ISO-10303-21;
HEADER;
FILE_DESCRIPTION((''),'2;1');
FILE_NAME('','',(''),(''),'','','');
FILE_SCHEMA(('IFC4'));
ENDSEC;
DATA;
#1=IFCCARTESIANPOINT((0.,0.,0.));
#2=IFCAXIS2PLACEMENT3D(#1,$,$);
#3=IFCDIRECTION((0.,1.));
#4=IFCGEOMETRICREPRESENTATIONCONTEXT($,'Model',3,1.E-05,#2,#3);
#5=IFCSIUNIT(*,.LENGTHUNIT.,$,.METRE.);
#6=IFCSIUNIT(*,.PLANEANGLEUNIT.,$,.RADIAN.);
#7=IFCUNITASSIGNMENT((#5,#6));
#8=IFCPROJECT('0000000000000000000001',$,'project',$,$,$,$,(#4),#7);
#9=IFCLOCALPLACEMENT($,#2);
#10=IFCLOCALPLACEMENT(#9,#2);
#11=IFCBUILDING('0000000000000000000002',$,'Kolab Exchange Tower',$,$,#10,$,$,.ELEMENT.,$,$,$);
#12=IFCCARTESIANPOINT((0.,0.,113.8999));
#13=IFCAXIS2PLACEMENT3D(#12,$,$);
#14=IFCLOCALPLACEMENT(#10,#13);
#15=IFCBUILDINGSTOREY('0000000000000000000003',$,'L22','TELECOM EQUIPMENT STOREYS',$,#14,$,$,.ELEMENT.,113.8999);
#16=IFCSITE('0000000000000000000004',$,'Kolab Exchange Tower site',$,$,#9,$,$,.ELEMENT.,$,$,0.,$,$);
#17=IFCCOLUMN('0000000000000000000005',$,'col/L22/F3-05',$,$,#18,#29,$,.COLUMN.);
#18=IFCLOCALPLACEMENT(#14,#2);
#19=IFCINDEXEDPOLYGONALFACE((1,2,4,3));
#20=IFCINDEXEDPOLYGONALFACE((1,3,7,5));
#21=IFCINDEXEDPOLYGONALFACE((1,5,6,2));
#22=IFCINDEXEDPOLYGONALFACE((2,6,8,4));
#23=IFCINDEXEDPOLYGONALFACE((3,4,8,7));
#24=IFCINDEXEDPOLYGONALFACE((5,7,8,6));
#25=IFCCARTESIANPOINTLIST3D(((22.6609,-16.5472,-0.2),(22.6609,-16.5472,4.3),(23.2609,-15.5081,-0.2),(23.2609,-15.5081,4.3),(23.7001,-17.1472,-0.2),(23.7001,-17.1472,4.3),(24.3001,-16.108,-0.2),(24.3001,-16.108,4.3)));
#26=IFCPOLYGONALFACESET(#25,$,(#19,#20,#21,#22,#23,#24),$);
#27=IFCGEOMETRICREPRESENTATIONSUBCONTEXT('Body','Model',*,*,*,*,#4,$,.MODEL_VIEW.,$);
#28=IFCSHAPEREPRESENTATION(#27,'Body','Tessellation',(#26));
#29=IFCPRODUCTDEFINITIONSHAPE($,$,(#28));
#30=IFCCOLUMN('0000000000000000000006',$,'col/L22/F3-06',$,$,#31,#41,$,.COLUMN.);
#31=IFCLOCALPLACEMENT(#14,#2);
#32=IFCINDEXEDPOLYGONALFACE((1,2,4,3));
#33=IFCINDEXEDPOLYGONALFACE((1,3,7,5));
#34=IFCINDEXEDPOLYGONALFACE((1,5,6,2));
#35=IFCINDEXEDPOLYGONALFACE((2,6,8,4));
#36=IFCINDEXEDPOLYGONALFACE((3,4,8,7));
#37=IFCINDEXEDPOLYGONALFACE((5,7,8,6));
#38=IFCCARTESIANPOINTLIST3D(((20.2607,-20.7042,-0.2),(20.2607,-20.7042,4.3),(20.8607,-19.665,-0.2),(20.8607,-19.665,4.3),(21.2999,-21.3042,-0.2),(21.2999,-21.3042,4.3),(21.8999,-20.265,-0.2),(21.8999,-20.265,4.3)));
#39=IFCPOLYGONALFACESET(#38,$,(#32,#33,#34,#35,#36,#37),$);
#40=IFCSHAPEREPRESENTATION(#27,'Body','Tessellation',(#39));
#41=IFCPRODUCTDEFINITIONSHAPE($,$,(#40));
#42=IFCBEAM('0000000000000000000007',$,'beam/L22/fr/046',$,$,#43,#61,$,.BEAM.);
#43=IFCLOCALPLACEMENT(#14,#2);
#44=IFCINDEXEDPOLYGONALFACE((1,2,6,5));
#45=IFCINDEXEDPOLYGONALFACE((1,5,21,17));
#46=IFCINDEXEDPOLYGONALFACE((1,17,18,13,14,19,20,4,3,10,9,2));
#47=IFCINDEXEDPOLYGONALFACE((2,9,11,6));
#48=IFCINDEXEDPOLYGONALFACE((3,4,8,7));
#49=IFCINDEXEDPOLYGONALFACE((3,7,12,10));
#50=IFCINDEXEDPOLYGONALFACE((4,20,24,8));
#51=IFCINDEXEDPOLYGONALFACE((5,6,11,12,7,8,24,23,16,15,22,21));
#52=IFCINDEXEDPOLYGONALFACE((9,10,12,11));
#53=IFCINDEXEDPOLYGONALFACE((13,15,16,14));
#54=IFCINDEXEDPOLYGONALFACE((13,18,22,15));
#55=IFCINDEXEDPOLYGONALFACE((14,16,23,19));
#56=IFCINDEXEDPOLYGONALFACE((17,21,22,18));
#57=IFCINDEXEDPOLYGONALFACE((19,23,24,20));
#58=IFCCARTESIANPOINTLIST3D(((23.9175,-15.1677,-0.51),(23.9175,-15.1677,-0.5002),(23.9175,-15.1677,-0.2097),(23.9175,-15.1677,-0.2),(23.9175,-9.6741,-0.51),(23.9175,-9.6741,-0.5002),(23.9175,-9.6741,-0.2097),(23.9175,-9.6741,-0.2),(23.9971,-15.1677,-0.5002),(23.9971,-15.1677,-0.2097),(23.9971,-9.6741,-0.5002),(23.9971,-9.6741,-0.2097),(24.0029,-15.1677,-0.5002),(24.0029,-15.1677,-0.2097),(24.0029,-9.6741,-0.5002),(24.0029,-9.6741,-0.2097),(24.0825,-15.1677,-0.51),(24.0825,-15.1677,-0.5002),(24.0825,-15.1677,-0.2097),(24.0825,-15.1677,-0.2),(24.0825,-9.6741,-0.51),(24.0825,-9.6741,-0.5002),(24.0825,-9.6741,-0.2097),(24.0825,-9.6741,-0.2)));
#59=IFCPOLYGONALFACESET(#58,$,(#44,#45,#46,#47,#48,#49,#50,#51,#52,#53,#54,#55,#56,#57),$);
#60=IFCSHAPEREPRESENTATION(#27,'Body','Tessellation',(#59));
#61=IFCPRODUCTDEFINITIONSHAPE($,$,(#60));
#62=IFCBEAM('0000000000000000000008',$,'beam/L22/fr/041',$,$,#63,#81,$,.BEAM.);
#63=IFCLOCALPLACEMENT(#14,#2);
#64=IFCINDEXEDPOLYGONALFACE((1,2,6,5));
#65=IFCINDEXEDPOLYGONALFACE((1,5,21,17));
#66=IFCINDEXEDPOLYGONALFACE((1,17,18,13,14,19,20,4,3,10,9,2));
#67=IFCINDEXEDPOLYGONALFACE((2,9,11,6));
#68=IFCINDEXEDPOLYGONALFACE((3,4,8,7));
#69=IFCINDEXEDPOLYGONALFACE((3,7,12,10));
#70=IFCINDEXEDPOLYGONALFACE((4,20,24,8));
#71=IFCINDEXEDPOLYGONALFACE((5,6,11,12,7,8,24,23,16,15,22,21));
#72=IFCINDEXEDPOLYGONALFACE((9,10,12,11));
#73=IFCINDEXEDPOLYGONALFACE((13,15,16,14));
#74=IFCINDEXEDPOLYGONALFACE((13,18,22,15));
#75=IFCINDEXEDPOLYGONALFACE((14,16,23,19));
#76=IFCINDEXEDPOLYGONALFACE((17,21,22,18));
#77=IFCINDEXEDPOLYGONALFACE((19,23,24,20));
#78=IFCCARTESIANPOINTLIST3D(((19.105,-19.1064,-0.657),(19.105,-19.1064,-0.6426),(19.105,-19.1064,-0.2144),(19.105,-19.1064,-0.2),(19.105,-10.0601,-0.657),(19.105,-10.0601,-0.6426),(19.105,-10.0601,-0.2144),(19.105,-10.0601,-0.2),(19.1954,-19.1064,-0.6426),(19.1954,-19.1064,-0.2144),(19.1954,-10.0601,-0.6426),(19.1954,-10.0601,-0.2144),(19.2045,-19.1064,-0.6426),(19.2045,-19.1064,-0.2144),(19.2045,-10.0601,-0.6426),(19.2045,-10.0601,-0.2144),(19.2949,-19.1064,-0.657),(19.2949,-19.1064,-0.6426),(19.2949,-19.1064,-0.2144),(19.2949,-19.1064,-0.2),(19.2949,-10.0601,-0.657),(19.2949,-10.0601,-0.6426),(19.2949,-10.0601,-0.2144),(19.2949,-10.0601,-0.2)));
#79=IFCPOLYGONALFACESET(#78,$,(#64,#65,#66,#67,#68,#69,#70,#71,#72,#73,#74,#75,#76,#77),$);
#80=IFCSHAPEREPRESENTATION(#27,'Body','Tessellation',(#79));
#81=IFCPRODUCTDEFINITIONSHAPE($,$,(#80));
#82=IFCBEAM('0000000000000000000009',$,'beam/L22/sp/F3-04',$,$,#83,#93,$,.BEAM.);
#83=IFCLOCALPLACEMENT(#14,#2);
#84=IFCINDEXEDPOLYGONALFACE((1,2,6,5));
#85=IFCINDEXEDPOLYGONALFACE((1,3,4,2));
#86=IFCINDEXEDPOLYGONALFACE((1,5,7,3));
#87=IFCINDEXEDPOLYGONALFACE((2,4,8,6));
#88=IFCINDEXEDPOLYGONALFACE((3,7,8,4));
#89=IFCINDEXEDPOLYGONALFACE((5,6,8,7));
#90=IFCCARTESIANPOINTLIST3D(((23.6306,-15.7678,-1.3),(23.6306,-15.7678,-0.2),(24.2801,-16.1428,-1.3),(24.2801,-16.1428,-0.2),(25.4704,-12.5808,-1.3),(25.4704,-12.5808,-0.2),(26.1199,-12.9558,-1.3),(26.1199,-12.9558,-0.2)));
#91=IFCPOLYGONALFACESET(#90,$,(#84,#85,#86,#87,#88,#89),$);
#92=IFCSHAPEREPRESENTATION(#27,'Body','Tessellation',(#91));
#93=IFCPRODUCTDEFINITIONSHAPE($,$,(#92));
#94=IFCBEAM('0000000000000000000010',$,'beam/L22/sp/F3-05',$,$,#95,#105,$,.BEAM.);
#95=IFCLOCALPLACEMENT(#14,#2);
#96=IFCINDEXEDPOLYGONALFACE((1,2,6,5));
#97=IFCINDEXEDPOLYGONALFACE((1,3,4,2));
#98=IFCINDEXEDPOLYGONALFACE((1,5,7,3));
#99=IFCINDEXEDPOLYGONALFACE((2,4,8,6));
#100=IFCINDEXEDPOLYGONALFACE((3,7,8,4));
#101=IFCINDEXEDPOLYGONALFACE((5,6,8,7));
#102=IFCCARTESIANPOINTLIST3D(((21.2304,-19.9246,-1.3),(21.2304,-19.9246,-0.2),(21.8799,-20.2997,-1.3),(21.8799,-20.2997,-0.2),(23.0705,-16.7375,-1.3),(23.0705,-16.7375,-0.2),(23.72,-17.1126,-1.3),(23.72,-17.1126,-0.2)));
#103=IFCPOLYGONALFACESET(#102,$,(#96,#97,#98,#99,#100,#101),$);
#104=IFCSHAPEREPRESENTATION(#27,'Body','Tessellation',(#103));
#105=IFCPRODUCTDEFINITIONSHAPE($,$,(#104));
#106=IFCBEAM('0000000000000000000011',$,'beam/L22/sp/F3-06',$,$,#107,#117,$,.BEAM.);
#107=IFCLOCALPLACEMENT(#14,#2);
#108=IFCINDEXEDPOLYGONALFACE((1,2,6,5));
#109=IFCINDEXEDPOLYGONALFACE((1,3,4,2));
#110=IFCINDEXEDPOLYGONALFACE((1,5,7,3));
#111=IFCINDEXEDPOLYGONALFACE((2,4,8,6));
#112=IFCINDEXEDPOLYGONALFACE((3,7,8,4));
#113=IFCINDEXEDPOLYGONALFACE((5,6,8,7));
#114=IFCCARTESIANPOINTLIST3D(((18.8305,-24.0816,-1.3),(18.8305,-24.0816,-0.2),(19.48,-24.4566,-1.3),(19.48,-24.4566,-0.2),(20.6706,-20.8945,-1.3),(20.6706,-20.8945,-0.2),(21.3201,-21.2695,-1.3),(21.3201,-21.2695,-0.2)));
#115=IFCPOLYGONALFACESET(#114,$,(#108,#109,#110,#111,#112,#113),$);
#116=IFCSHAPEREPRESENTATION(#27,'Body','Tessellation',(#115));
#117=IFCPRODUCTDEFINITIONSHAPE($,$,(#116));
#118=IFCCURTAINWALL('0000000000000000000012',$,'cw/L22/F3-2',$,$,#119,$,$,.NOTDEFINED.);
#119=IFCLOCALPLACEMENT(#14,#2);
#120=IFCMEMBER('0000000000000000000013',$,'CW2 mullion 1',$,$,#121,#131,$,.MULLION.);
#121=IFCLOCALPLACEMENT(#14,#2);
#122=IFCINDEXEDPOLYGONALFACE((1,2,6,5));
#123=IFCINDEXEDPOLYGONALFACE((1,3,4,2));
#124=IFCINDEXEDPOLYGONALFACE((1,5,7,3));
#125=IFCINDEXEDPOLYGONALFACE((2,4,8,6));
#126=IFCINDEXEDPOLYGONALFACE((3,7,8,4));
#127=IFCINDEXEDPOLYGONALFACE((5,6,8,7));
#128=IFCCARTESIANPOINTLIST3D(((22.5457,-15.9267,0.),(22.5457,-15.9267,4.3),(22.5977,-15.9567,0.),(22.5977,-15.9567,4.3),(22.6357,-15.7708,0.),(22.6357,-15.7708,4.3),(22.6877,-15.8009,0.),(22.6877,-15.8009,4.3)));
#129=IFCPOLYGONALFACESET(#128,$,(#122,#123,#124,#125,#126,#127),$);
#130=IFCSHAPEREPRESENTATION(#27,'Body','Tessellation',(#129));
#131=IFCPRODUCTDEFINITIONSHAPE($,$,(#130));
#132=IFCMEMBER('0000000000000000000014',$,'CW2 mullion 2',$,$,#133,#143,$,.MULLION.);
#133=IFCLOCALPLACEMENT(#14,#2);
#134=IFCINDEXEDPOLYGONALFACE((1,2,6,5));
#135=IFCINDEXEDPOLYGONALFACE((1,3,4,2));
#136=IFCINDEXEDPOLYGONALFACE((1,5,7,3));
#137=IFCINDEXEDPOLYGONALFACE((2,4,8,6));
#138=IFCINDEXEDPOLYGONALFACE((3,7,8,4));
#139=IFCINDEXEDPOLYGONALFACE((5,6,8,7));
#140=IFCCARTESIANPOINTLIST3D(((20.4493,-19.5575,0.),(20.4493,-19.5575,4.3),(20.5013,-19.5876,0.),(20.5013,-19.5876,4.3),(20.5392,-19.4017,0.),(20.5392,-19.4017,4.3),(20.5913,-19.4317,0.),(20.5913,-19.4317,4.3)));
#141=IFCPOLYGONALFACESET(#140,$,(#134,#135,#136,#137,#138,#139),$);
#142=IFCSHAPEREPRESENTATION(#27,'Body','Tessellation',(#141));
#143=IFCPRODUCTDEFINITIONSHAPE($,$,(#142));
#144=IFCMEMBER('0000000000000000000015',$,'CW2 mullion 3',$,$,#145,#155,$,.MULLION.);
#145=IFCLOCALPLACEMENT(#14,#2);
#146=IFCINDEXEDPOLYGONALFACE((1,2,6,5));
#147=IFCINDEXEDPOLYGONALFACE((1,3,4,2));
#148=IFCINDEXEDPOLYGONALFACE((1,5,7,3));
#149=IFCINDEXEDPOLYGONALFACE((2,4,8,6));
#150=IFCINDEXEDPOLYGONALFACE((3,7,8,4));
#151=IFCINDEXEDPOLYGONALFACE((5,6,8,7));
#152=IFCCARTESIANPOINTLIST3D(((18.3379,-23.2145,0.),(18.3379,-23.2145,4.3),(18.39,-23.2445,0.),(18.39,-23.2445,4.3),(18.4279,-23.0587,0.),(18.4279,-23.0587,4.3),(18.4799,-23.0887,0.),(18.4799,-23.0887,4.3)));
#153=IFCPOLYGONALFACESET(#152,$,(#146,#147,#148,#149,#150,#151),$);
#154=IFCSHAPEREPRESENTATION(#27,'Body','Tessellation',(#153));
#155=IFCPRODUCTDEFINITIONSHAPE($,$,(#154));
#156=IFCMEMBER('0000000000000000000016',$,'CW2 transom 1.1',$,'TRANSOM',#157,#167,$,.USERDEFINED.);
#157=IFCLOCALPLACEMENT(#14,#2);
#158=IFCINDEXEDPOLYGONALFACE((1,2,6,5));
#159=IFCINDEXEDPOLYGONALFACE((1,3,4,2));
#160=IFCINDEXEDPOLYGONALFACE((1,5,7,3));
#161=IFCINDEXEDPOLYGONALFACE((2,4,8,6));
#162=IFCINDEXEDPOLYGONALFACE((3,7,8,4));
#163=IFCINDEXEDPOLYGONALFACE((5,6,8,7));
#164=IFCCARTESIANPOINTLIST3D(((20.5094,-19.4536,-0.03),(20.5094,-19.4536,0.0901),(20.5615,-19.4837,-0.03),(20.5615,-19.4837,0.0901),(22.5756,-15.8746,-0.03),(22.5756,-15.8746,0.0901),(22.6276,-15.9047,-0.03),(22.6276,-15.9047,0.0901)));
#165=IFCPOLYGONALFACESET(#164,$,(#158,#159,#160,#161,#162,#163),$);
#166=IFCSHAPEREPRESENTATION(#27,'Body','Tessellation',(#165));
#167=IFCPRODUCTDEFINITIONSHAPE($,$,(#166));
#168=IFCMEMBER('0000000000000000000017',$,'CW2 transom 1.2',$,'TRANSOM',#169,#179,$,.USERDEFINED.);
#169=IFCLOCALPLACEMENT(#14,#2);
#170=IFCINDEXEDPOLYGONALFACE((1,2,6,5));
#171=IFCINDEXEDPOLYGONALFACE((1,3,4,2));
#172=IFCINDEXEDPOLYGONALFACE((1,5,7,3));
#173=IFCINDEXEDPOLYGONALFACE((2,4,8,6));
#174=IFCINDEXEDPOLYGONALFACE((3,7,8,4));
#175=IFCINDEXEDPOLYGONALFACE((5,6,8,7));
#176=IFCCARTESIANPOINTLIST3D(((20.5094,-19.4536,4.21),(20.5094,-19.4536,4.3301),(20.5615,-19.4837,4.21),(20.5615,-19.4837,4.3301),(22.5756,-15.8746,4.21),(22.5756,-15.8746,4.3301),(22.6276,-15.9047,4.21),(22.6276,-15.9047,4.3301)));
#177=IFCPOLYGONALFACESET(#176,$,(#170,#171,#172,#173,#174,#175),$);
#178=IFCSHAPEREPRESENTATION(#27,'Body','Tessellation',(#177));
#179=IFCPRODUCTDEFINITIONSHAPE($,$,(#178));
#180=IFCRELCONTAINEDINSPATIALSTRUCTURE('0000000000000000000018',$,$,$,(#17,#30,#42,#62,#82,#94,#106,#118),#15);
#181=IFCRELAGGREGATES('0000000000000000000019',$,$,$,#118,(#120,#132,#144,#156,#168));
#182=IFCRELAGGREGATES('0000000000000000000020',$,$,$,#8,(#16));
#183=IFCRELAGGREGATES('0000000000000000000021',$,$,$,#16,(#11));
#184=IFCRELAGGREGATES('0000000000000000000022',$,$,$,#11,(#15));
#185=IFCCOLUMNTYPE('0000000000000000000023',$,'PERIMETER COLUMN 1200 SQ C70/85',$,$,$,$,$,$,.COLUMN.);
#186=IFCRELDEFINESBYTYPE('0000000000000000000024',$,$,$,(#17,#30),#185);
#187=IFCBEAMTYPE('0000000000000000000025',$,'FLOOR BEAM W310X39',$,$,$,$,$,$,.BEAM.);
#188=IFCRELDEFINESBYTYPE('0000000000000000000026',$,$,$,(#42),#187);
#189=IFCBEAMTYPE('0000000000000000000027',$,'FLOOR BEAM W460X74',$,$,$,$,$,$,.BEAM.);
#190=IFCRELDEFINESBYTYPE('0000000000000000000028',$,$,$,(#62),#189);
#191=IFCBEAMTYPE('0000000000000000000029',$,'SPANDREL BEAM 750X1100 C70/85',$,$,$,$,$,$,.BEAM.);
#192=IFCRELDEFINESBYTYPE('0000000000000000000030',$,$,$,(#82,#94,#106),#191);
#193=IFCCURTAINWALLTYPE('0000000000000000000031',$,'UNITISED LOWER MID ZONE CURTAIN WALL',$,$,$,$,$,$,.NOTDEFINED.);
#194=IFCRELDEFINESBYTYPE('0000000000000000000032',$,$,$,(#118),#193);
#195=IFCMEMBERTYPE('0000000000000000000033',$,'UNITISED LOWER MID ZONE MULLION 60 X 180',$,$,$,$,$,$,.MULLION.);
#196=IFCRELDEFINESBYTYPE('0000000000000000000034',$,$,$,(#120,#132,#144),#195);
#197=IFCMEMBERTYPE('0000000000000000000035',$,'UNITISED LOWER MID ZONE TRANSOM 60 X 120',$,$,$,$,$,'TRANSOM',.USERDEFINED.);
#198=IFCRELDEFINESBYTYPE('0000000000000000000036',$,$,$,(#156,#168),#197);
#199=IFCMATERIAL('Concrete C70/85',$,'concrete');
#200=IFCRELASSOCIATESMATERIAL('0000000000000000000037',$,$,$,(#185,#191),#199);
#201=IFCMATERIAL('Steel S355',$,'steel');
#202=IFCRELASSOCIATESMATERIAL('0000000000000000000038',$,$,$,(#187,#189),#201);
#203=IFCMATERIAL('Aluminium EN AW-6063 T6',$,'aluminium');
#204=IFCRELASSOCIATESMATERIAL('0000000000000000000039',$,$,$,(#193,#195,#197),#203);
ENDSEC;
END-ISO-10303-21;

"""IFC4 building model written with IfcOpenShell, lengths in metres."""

from ifc_helpers import new_model, si_unit, direction, frame, origin, origin_2d, place, context, subcontext, project, spatial, rectangle, i_section, extrude, material, material_profile, profile_set, type_object, element, aggregate, save


model = new_model("IFC4")

# Units and contexts
model_context = context("Model", 3, precision=1e-05, world=origin(), true_north=direction((0.0, 1.0)))
body_context = subcontext(model_context, "Body", "Model", "MODEL_VIEW")
ifc_project = project(units=[si_unit("LENGTHUNIT", "METRE"), si_unit("PLANEANGLEUNIT", "RADIAN")], contexts=[model_context])

# Site, building, storey
site_placement = place(None, origin())
site = spatial("IfcSite", under=ifc_project, at=site_placement, Name="Kolab Exchange Tower site", CompositionType="ELEMENT", RefElevation=0.0)
building_placement = place(site_placement, origin())
building = spatial("IfcBuilding", under=site, at=building_placement, Name="Kolab Exchange Tower", CompositionType="ELEMENT")
storey_placement = place(building_placement, frame((0.0, 0.0, 113.8999)))
storey = spatial("IfcBuildingStorey", under=building, at=storey_placement, Name="L22", Description="TELECOM EQUIPMENT STOREYS", CompositionType="ELEMENT", Elevation=113.8999)

# Columns
ifc_material_1 = material(Name="Concrete C70/85", Category="concrete")
ifc_material_profile_1 = material_profile(ifc_material_1, rectangle(XDim=1.2, YDim=1.2, at=origin_2d()), Name="RC1200")
ifc_profile_set_1 = profile_set([ifc_material_profile_1], Name="Concrete C70/85")
column_type = type_object("IfcColumnType", Name="PERIMETER COLUMN 1200 SQ C70/85", PredefinedType="COLUMN", material=ifc_profile_set_1)
for number, where, z_axis, x_axis, name in (
    (1, (23.4805, -16.3276, -0.2), (0.0, 0.0, 1.0), (0.5, 0.866025, 0.0), "col/L22/F3-05"),
    (2, (21.0803, -20.4846, -0.2), (0.0, 0.0, 1.0), (0.5, 0.866025, 0.0), "col/L22/F3-06"),
):
    element("IfcColumn", number, at=place(storey_placement, frame(where, z_axis=z_axis, x_axis=x_axis)), inside=storey, type_object=column_type, Name=name, PredefinedType="COLUMN", context=body_context, shape_type="SweptSolid", body=[
        extrude(rectangle(XDim=1.2, YDim=1.2, at=origin_2d()), origin(), (0.0, 0.0, 1.0), 4.5),
    ])

# Beams
ifc_material_2 = material(Name="Steel S355", Category="steel")
ifc_material_profile_2 = material_profile(ifc_material_2, i_section(OverallWidth=0.165, OverallDepth=0.3101, WebThickness=0.0059, FlangeThickness=0.0098, at=origin_2d()), Name="W310X39")
ifc_profile_set_2 = profile_set([ifc_material_profile_2], Name="Steel S355")
beam_type_1 = type_object("IfcBeamType", Name="FLOOR BEAM W310X39", PredefinedType="BEAM", material=ifc_profile_set_2)
beam_1_placement = place(storey_placement, frame((24.0, -15.1677, -0.355), z_axis=(0.0, 1.0, 0.0), x_axis=(-1.0, 0.0, 0.0)))
element("IfcBeam", 3, at=beam_1_placement, inside=storey, type_object=beam_type_1, Name="beam/L22/fr/046", PredefinedType="BEAM", context=body_context, shape_type="SweptSolid", body=[
    extrude(i_section(OverallWidth=0.165, OverallDepth=0.3101, WebThickness=0.0059, FlangeThickness=0.0098, at=origin_2d()), origin(), (0.0, 0.0, 1.0), 5.4937),
])
ifc_material_profile_3 = material_profile(ifc_material_2, i_section(OverallWidth=0.1899, OverallDepth=0.457, WebThickness=0.009, FlangeThickness=0.0144, at=origin_2d()), Name="W460X74")
ifc_profile_set_3 = profile_set([ifc_material_profile_3], Name="Steel S355")
beam_type_2 = type_object("IfcBeamType", Name="FLOOR BEAM W460X74", PredefinedType="BEAM", material=ifc_profile_set_3)
beam_2_placement = place(storey_placement, frame((19.2, -19.1064, -0.4285), z_axis=(0.0, 1.0, 0.0), x_axis=(-1.0, 0.0, 0.0)))
element("IfcBeam", 4, at=beam_2_placement, inside=storey, type_object=beam_type_2, Name="beam/L22/fr/041", PredefinedType="BEAM", context=body_context, shape_type="SweptSolid", body=[
    extrude(i_section(OverallWidth=0.1899, OverallDepth=0.457, WebThickness=0.009, FlangeThickness=0.0144, at=origin_2d()), origin(), (0.0, 0.0, 1.0), 9.0464),
])
ifc_material_profile_4 = material_profile(ifc_material_1, rectangle(XDim=0.75, YDim=1.1001, at=origin_2d()), Name="RC750X1100")
ifc_profile_set_4 = profile_set([ifc_material_profile_4], Name="Concrete C70/85")
beam_type_3 = type_object("IfcBeamType", Name="SPANDREL BEAM 750X1100 C70/85", PredefinedType="BEAM", material=ifc_profile_set_4)
beam_3_placement = place(storey_placement, frame((25.7952, -12.7683, -0.75), z_axis=(-0.499964, -0.866046, 0.0), x_axis=(0.866046, -0.499964, 0.0)))
element("IfcBeam", 5, at=beam_3_placement, inside=storey, type_object=beam_type_3, Name="beam/L22/sp/F3-04", PredefinedType="BEAM", context=body_context, shape_type="SweptSolid", body=[
    extrude(rectangle(XDim=0.75, YDim=1.1001, at=origin_2d()), origin(), (0.0, 0.0, 1.0), 3.6799),
])
for number, where, z_axis, x_axis, name in (
    (6, (23.3953, -16.925, -0.75), (-0.500013, -0.866018, 0.0), (0.866018, -0.500013, 0.0), "beam/L22/sp/F3-05"),
    (7, (20.9954, -21.082, -0.75), (-0.500013, -0.866018, 0.0), (0.866018, -0.500013, 0.0), "beam/L22/sp/F3-06"),
):
    element("IfcBeam", number, at=place(storey_placement, frame(where, z_axis=z_axis, x_axis=x_axis)), inside=storey, type_object=beam_type_3, Name=name, PredefinedType="BEAM", context=body_context, shape_type="SweptSolid", body=[
        extrude(rectangle(XDim=0.75, YDim=1.1001, at=origin_2d()), origin(), (0.0, 0.0, 1.0), 3.6802),
    ])

# Curtain wall, members
ifc_material_3 = material(Name="Aluminium EN AW-6063 T6", Category="aluminium")
curtain_wall_type = type_object("IfcCurtainWallType", Name="UNITISED LOWER MID ZONE CURTAIN WALL", PredefinedType="NOTDEFINED", material=ifc_material_3)
curtain_wall_placement = place(storey_placement, origin())
curtain_wall = element("IfcCurtainWall", 8, at=curtain_wall_placement, inside=storey, type_object=curtain_wall_type, Name="cw/L22/F3-2", PredefinedType="NOTDEFINED")
ifc_material_profile_5 = material_profile(ifc_material_3, rectangle(XDim=0.0601, YDim=0.1799, at=origin_2d()), Name="RECT 60X180")
ifc_profile_set_5 = profile_set([ifc_material_profile_5], Name="Aluminium EN AW-6063 T6")
member_type_1 = type_object("IfcMemberType", Name="UNITISED LOWER MID ZONE MULLION 60 X 180", PredefinedType="MULLION", material=ifc_profile_set_5)
member_1_placement = place(storey_placement, frame((22.6167, -15.8638, 0.0), z_axis=(0.0, 0.0, 1.0), x_axis=(0.866025, -0.5, 0.0)))
member_1 = element("IfcMember", 9, at=member_1_placement, type_object=member_type_1, Name="CW2 mullion 1", PredefinedType="MULLION", context=body_context, shape_type="SweptSolid", body=[
    extrude(rectangle(XDim=0.0601, YDim=0.1799, at=origin_2d()), origin(), (0.0, 0.0, 1.0), 4.3),
])
member_2_placement = place(storey_placement, frame((20.5203, -19.4946, 0.0), z_axis=(0.0, 0.0, 1.0), x_axis=(0.866025, -0.5, 0.0)))
member_2 = element("IfcMember", 10, at=member_2_placement, type_object=member_type_1, Name="CW2 mullion 2", PredefinedType="MULLION", context=body_context, shape_type="SweptSolid", body=[
    extrude(rectangle(XDim=0.0601, YDim=0.1799, at=origin_2d()), origin(), (0.0, 0.0, 1.0), 4.3),
])
member_3_placement = place(storey_placement, frame((18.4089, -23.1516, 0.0), z_axis=(0.0, 0.0, 1.0), x_axis=(0.866025, -0.5, 0.0)))
member_3 = element("IfcMember", 11, at=member_3_placement, type_object=member_type_1, Name="CW2 mullion 3", PredefinedType="MULLION", context=body_context, shape_type="SweptSolid", body=[
    extrude(rectangle(XDim=0.0601, YDim=0.1799, at=origin_2d()), origin(), (0.0, 0.0, 1.0), 4.3),
])
ifc_material_profile_6 = material_profile(ifc_material_3, rectangle(XDim=0.0601, YDim=0.1201, at=origin_2d()), Name="RECT 60X120")
ifc_profile_set_6 = profile_set([ifc_material_profile_6], Name="Aluminium EN AW-6063 T6")
member_type_2 = type_object("IfcMemberType", Name="UNITISED LOWER MID ZONE TRANSOM 60 X 120", ElementType="TRANSOM", PredefinedType="USERDEFINED", material=ifc_profile_set_6)
member_4_placement = place(storey_placement, frame((22.6016, -15.8896, 0.03), z_axis=(-0.499958, -0.86605, 0.0), x_axis=(0.86605, -0.499958, 0.0)))
member_4 = element("IfcMember", 12, at=member_4_placement, type_object=member_type_2, Name="CW2 transom 1.1", ObjectType="TRANSOM", PredefinedType="USERDEFINED", context=body_context, shape_type="SweptSolid", body=[
    extrude(rectangle(XDim=0.0601, YDim=0.1201, at=origin_2d()), origin(), (0.0, 0.0, 1.0), 4.1326),
])
member_5_placement = place(storey_placement, frame((22.6016, -15.8896, 4.27), z_axis=(-0.499958, -0.86605, 0.0), x_axis=(0.86605, -0.499958, 0.0)))
member_5 = element("IfcMember", 13, at=member_5_placement, type_object=member_type_2, Name="CW2 transom 1.2", ObjectType="TRANSOM", PredefinedType="USERDEFINED", context=body_context, shape_type="SweptSolid", body=[
    extrude(rectangle(XDim=0.0601, YDim=0.1201, at=origin_2d()), origin(), (0.0, 0.0, 1.0), 4.1326),
])
aggregate(curtain_wall, [member_1, member_2, member_3, member_4, member_5])

save(model, "model.ifc")
